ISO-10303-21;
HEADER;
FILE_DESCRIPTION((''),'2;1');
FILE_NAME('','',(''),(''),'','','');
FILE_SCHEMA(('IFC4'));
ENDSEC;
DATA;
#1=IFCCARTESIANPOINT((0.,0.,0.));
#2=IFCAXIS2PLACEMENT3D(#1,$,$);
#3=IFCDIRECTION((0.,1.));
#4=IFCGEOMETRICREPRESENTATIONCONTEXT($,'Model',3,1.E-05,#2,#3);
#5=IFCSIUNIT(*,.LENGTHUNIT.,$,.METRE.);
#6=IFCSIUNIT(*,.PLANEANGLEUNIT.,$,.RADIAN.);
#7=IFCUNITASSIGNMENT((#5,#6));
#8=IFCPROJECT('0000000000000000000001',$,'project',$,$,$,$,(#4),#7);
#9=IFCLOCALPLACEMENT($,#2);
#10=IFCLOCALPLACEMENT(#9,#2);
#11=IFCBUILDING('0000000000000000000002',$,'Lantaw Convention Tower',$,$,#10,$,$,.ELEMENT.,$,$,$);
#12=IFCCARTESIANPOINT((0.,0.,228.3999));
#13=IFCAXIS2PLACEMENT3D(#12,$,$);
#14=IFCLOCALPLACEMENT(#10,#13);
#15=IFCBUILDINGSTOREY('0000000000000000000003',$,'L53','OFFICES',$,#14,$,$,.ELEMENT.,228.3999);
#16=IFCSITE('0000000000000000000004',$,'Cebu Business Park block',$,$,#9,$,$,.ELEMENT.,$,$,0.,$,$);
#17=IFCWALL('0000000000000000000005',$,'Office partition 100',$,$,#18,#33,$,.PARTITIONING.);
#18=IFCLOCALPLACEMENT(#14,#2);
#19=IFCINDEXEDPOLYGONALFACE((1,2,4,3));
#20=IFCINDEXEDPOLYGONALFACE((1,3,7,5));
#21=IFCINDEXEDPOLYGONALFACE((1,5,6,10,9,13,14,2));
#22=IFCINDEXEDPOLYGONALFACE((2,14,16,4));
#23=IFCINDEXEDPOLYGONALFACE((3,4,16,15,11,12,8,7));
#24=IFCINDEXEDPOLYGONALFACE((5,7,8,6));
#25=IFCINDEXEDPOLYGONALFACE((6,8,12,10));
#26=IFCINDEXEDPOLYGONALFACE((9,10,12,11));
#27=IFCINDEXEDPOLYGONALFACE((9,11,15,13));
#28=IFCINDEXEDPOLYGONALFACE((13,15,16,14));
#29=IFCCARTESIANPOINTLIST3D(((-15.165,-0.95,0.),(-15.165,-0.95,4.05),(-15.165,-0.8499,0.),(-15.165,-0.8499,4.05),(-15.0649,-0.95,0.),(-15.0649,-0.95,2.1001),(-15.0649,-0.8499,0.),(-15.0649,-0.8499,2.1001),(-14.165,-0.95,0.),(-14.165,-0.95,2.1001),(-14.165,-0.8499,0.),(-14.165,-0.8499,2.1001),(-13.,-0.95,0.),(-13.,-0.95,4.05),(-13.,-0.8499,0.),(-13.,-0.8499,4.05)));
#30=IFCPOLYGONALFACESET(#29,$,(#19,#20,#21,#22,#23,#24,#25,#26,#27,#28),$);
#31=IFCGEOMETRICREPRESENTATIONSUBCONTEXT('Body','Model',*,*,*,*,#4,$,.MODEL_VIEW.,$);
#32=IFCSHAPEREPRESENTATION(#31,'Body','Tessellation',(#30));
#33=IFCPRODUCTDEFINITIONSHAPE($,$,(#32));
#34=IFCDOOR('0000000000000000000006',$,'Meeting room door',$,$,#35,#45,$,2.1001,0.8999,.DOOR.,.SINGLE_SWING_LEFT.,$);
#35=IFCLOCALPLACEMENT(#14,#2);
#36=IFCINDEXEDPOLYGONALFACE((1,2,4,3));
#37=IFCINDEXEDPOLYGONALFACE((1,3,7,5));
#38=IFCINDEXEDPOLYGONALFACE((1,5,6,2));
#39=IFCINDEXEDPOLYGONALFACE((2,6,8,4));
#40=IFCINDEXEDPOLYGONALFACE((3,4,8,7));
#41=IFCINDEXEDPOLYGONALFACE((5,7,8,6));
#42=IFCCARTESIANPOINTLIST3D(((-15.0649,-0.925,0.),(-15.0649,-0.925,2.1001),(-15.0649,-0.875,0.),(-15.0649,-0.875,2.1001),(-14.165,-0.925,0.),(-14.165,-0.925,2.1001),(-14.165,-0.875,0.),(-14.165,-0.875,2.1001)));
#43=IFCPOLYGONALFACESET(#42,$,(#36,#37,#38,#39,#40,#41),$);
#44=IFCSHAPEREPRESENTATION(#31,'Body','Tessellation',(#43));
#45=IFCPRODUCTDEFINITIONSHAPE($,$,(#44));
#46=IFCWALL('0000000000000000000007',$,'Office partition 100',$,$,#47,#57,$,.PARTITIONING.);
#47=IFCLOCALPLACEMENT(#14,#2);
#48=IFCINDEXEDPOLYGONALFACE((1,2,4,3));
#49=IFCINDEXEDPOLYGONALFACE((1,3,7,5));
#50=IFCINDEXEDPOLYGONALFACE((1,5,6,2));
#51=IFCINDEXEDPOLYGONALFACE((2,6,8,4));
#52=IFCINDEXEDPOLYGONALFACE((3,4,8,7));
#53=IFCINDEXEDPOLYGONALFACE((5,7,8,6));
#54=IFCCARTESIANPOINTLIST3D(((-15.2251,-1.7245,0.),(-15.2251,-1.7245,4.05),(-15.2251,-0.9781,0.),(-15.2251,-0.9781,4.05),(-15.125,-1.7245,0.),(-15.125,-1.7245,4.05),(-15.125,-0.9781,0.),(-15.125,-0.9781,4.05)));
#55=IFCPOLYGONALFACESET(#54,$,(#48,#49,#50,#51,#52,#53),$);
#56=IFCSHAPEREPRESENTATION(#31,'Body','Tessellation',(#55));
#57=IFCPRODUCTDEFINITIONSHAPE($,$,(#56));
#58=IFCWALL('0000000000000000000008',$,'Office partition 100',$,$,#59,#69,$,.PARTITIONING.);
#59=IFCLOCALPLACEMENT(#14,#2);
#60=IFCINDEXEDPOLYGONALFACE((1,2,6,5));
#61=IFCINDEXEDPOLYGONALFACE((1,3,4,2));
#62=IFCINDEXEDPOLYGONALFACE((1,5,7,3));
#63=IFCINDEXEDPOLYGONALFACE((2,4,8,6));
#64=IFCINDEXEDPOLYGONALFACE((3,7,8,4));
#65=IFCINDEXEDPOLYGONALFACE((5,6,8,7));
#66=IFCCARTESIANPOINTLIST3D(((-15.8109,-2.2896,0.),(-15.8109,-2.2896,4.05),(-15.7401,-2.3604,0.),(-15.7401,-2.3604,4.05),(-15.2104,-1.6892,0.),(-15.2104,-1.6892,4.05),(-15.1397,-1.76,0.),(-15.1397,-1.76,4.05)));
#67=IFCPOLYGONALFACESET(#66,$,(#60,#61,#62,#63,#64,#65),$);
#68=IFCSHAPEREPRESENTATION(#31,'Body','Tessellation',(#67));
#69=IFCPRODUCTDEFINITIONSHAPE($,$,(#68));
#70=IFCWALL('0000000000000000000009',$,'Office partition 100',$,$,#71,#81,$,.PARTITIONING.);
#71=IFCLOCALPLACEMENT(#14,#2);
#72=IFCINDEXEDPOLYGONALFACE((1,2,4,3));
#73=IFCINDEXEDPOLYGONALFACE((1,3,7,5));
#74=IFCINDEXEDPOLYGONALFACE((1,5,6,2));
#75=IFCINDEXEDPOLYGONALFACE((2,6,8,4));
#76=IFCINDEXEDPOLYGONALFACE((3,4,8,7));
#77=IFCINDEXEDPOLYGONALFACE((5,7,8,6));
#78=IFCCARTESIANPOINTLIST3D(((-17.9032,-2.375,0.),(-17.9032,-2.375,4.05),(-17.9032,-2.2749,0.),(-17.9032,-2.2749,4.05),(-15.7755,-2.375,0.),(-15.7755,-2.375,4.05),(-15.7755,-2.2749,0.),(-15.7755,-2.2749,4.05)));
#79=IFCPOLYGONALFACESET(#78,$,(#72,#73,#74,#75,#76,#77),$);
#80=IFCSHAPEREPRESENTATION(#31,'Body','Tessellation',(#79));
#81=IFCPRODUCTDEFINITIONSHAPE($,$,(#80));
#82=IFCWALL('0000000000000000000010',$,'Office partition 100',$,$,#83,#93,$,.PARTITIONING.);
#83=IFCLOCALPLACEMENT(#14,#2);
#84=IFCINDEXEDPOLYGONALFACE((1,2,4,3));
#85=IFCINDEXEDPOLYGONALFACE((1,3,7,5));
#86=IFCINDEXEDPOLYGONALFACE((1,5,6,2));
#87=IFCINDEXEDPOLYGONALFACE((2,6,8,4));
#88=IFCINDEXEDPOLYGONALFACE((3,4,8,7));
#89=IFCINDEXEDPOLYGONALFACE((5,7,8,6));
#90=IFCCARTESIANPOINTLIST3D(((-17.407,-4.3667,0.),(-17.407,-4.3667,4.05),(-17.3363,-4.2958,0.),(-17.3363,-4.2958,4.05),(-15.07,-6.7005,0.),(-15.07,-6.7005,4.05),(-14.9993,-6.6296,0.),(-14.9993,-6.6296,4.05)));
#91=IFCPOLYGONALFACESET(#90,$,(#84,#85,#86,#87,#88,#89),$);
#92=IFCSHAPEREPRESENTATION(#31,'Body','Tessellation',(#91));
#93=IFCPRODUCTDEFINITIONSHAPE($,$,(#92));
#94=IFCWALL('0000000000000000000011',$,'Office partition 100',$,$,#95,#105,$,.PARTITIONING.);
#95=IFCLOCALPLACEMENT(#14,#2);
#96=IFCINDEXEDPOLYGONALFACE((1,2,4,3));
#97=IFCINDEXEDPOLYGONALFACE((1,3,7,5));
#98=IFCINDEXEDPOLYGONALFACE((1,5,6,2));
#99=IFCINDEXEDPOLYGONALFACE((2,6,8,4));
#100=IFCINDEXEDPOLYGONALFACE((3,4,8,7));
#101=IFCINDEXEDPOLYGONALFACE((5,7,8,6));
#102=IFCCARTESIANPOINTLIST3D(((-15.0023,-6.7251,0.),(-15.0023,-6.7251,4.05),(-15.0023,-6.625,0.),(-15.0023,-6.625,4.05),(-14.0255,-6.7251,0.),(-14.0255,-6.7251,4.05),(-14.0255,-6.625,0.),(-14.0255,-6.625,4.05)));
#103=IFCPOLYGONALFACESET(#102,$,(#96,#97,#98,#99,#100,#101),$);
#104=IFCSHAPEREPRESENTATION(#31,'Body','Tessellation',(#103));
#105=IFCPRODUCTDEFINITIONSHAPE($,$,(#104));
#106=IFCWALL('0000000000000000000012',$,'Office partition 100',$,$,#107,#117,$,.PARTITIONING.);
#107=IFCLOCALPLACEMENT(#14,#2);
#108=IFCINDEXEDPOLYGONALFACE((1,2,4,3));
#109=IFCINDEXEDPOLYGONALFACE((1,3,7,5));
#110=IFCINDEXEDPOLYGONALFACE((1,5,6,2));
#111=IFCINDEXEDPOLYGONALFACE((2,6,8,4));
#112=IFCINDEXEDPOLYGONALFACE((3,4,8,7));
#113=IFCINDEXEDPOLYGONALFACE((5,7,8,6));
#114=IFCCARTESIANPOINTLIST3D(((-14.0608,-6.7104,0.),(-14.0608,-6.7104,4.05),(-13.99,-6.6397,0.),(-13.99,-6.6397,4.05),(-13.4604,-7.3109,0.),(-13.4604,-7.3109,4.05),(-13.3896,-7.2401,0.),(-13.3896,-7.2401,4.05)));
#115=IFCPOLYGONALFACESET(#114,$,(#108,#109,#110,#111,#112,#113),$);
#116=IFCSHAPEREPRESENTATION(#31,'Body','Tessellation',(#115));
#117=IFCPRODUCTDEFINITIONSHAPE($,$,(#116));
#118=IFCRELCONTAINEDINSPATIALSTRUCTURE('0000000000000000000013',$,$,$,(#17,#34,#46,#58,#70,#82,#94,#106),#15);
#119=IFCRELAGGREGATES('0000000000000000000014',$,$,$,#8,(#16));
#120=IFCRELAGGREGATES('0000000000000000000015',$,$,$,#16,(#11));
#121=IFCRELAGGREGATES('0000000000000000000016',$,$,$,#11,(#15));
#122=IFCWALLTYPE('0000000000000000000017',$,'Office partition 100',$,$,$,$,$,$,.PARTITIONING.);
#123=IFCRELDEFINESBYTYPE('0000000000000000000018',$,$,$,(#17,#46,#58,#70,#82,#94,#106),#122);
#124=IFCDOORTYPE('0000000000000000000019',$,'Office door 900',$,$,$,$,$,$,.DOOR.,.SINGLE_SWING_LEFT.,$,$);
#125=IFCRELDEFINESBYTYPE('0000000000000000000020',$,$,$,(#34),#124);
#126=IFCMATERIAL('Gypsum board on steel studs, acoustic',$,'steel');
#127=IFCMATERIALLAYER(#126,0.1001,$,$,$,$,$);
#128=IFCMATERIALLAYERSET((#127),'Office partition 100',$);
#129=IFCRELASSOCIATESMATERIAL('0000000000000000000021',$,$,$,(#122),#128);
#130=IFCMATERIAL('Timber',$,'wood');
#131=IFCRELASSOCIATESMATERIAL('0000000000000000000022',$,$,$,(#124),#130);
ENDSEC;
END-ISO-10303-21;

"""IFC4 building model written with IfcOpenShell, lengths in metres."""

from ifc_helpers import new_model, si_unit, direction, frame, frame_2d, origin, place, context, subcontext, project, spatial, rectangle, extrude, material, layer, layer_set, type_object, element, fill, save


model = new_model("IFC4")

# Units and contexts
model_context = context("Model", 3, precision=1e-05, world=origin(), true_north=direction((0.0, 1.0)))
body_context = subcontext(model_context, "Body", "Model", "MODEL_VIEW")
ifc_project = project(units=[si_unit("LENGTHUNIT", "METRE"), si_unit("PLANEANGLEUNIT", "RADIAN")], contexts=[model_context])

# Site, building, storey
site_placement = place(None, origin())
site = spatial("IfcSite", under=ifc_project, at=site_placement, Name="Cebu Business Park block", CompositionType="ELEMENT", RefElevation=0.0)
building_placement = place(site_placement, origin())
building = spatial("IfcBuilding", under=site, at=building_placement, Name="Lantaw Convention Tower", CompositionType="ELEMENT")
storey_placement = place(building_placement, frame((0.0, 0.0, 228.3999)))
storey = spatial("IfcBuildingStorey", under=building, at=storey_placement, Name="L53", Description="OFFICES", CompositionType="ELEMENT", Elevation=228.3999)

# Shared definitions
ifc_material_1 = material(Name="Gypsum board on steel studs, acoustic", Category="steel")
ifc_layer_1 = layer(ifc_material_1, 0.1001)
ifc_layer_set_1 = layer_set([ifc_layer_1], Name="Office partition 100")
wall_type_1 = type_object("IfcWallType", Name="Office partition 100", PredefinedType="PARTITIONING", material=ifc_layer_set_1)

# Wall, opening, door
wall_1_placement = place(storey_placement, frame((-15.165, -0.8999, 0.0), z_axis=(0.0, 0.0, 1.0), x_axis=(1.0, 0.0, 0.0)))
wall_1 = element("IfcWall", 1, at=wall_1_placement, inside=storey, type_object=wall_type_1, Name="Office partition 100", PredefinedType="PARTITIONING", context=body_context, shape_type="SweptSolid", body=[
    extrude(rectangle(XDim=2.165, YDim=0.1001, at=frame_2d((1.0825, 0.0))), origin(), (0.0, 0.0, 1.0), 4.05),
])
opening_1_placement = place(wall_1_placement, frame((0.1001, 0.0, 0.0)))
opening_1 = element("IfcOpeningElement", 2, at=opening_1_placement, cuts=wall_1, PredefinedType="OPENING", context=body_context, shape_type="SweptSolid", body=[
    extrude(rectangle(XDim=0.8999, YDim=2.1001, at=frame_2d((0.45, 1.05))), frame((0.0, 0.0601, 0.0), z_axis=(0.0, -1.0, 0.0), x_axis=(1.0, 0.0, 0.0)), (0.0, 0.0, 1.0), 0.1201),
])
ifc_material_2 = material(Name="Timber", Category="wood")
door_type_1 = type_object("IfcDoorType", Name="Office door 900", OperationType="SINGLE_SWING_LEFT", PredefinedType="DOOR", material=ifc_material_2)
door_1_placement = place(opening_1_placement, origin())
door_1 = element("IfcDoor", 3, at=door_1_placement, inside=storey, type_object=door_type_1, Name="Meeting room door", OperationType="SINGLE_SWING_LEFT", OverallHeight=2.1001, OverallWidth=0.8999, PredefinedType="DOOR", context=body_context, shape_type="SweptSolid", body=[
    extrude(rectangle(XDim=0.8999, YDim=2.1001, at=frame_2d((0.45, 1.05))), frame((0.0, 0.0249, 0.0), z_axis=(0.0, -1.0, 0.0), x_axis=(1.0, 0.0, 0.0)), (0.0, 0.0, 1.0), 0.05),
])
fill(opening_1, door_1)

# Walls
wall_2_placement = place(storey_placement, frame((-15.175, -0.9783, 0.0), z_axis=(0.0, 0.0, 1.0), x_axis=(0.0, -1.0, 0.0)))
element("IfcWall", 4, at=wall_2_placement, inside=storey, type_object=wall_type_1, Name="Office partition 100", PredefinedType="PARTITIONING", context=body_context, shape_type="SweptSolid", body=[
    extrude(rectangle(XDim=0.7463, YDim=0.1001, at=frame_2d((0.373, 0.0))), origin(), (0.0, 0.0, 1.0), 4.05),
])
wall_3_placement = place(storey_placement, frame((-15.175, -1.7246, 0.0), z_axis=(0.0, 0.0, 1.0), x_axis=(-0.707107, -0.707107, 0.0)))
element("IfcWall", 5, at=wall_3_placement, inside=storey, type_object=wall_type_1, Name="Office partition 100", PredefinedType="PARTITIONING", context=body_context, shape_type="SweptSolid", body=[
    extrude(rectangle(XDim=0.8491, YDim=0.1001, at=frame_2d((0.4246, 0.0))), origin(), (0.0, 0.0, 1.0), 4.05),
])
wall_4_placement = place(storey_placement, frame((-15.7754, -2.325, 0.0), z_axis=(0.0, 0.0, 1.0), x_axis=(-1.0, 0.0, 0.0)))
element("IfcWall", 6, at=wall_4_placement, inside=storey, type_object=wall_type_1, Name="Office partition 100", PredefinedType="PARTITIONING", context=body_context, shape_type="SweptSolid", body=[
    extrude(rectangle(XDim=2.1277, YDim=0.1001, at=frame_2d((1.064, 0.0))), origin(), (0.0, 0.0, 1.0), 4.05),
])
wall_5_placement = place(storey_placement, frame((-15.0347, -6.665, 0.0), z_axis=(0.0, 0.0, 1.0), x_axis=(-0.707587, 0.706626, 0.0)))
element("IfcWall", 7, at=wall_5_placement, inside=storey, type_object=wall_type_1, Name="Office partition 100", PredefinedType="PARTITIONING", context=body_context, shape_type="SweptSolid", body=[
    extrude(rectangle(XDim=3.3027, YDim=0.1001, at=frame_2d((1.6514, 0.0))), origin(), (0.0, 0.0, 1.0), 4.05),
])
wall_6_placement = place(storey_placement, frame((-15.0022, -6.675, 0.0), z_axis=(0.0, 0.0, 1.0), x_axis=(1.0, 0.0, 0.0)))
element("IfcWall", 8, at=wall_6_placement, inside=storey, type_object=wall_type_1, Name="Office partition 100", PredefinedType="PARTITIONING", context=body_context, shape_type="SweptSolid", body=[
    extrude(rectangle(XDim=0.9768, YDim=0.1001, at=frame_2d((0.4883, 0.0))), origin(), (0.0, 0.0, 1.0), 4.05),
])
wall_7_placement = place(storey_placement, frame((-14.0254, -6.675, 0.0), z_axis=(0.0, 0.0, 1.0), x_axis=(0.707107, -0.707107, 0.0)))
element("IfcWall", 9, at=wall_7_placement, inside=storey, type_object=wall_type_1, Name="Office partition 100", PredefinedType="PARTITIONING", context=body_context, shape_type="SweptSolid", body=[
    extrude(rectangle(XDim=0.8491, YDim=0.1001, at=frame_2d((0.4246, 0.0))), origin(), (0.0, 0.0, 1.0), 4.05),
])

save(model, "model.ifc")
